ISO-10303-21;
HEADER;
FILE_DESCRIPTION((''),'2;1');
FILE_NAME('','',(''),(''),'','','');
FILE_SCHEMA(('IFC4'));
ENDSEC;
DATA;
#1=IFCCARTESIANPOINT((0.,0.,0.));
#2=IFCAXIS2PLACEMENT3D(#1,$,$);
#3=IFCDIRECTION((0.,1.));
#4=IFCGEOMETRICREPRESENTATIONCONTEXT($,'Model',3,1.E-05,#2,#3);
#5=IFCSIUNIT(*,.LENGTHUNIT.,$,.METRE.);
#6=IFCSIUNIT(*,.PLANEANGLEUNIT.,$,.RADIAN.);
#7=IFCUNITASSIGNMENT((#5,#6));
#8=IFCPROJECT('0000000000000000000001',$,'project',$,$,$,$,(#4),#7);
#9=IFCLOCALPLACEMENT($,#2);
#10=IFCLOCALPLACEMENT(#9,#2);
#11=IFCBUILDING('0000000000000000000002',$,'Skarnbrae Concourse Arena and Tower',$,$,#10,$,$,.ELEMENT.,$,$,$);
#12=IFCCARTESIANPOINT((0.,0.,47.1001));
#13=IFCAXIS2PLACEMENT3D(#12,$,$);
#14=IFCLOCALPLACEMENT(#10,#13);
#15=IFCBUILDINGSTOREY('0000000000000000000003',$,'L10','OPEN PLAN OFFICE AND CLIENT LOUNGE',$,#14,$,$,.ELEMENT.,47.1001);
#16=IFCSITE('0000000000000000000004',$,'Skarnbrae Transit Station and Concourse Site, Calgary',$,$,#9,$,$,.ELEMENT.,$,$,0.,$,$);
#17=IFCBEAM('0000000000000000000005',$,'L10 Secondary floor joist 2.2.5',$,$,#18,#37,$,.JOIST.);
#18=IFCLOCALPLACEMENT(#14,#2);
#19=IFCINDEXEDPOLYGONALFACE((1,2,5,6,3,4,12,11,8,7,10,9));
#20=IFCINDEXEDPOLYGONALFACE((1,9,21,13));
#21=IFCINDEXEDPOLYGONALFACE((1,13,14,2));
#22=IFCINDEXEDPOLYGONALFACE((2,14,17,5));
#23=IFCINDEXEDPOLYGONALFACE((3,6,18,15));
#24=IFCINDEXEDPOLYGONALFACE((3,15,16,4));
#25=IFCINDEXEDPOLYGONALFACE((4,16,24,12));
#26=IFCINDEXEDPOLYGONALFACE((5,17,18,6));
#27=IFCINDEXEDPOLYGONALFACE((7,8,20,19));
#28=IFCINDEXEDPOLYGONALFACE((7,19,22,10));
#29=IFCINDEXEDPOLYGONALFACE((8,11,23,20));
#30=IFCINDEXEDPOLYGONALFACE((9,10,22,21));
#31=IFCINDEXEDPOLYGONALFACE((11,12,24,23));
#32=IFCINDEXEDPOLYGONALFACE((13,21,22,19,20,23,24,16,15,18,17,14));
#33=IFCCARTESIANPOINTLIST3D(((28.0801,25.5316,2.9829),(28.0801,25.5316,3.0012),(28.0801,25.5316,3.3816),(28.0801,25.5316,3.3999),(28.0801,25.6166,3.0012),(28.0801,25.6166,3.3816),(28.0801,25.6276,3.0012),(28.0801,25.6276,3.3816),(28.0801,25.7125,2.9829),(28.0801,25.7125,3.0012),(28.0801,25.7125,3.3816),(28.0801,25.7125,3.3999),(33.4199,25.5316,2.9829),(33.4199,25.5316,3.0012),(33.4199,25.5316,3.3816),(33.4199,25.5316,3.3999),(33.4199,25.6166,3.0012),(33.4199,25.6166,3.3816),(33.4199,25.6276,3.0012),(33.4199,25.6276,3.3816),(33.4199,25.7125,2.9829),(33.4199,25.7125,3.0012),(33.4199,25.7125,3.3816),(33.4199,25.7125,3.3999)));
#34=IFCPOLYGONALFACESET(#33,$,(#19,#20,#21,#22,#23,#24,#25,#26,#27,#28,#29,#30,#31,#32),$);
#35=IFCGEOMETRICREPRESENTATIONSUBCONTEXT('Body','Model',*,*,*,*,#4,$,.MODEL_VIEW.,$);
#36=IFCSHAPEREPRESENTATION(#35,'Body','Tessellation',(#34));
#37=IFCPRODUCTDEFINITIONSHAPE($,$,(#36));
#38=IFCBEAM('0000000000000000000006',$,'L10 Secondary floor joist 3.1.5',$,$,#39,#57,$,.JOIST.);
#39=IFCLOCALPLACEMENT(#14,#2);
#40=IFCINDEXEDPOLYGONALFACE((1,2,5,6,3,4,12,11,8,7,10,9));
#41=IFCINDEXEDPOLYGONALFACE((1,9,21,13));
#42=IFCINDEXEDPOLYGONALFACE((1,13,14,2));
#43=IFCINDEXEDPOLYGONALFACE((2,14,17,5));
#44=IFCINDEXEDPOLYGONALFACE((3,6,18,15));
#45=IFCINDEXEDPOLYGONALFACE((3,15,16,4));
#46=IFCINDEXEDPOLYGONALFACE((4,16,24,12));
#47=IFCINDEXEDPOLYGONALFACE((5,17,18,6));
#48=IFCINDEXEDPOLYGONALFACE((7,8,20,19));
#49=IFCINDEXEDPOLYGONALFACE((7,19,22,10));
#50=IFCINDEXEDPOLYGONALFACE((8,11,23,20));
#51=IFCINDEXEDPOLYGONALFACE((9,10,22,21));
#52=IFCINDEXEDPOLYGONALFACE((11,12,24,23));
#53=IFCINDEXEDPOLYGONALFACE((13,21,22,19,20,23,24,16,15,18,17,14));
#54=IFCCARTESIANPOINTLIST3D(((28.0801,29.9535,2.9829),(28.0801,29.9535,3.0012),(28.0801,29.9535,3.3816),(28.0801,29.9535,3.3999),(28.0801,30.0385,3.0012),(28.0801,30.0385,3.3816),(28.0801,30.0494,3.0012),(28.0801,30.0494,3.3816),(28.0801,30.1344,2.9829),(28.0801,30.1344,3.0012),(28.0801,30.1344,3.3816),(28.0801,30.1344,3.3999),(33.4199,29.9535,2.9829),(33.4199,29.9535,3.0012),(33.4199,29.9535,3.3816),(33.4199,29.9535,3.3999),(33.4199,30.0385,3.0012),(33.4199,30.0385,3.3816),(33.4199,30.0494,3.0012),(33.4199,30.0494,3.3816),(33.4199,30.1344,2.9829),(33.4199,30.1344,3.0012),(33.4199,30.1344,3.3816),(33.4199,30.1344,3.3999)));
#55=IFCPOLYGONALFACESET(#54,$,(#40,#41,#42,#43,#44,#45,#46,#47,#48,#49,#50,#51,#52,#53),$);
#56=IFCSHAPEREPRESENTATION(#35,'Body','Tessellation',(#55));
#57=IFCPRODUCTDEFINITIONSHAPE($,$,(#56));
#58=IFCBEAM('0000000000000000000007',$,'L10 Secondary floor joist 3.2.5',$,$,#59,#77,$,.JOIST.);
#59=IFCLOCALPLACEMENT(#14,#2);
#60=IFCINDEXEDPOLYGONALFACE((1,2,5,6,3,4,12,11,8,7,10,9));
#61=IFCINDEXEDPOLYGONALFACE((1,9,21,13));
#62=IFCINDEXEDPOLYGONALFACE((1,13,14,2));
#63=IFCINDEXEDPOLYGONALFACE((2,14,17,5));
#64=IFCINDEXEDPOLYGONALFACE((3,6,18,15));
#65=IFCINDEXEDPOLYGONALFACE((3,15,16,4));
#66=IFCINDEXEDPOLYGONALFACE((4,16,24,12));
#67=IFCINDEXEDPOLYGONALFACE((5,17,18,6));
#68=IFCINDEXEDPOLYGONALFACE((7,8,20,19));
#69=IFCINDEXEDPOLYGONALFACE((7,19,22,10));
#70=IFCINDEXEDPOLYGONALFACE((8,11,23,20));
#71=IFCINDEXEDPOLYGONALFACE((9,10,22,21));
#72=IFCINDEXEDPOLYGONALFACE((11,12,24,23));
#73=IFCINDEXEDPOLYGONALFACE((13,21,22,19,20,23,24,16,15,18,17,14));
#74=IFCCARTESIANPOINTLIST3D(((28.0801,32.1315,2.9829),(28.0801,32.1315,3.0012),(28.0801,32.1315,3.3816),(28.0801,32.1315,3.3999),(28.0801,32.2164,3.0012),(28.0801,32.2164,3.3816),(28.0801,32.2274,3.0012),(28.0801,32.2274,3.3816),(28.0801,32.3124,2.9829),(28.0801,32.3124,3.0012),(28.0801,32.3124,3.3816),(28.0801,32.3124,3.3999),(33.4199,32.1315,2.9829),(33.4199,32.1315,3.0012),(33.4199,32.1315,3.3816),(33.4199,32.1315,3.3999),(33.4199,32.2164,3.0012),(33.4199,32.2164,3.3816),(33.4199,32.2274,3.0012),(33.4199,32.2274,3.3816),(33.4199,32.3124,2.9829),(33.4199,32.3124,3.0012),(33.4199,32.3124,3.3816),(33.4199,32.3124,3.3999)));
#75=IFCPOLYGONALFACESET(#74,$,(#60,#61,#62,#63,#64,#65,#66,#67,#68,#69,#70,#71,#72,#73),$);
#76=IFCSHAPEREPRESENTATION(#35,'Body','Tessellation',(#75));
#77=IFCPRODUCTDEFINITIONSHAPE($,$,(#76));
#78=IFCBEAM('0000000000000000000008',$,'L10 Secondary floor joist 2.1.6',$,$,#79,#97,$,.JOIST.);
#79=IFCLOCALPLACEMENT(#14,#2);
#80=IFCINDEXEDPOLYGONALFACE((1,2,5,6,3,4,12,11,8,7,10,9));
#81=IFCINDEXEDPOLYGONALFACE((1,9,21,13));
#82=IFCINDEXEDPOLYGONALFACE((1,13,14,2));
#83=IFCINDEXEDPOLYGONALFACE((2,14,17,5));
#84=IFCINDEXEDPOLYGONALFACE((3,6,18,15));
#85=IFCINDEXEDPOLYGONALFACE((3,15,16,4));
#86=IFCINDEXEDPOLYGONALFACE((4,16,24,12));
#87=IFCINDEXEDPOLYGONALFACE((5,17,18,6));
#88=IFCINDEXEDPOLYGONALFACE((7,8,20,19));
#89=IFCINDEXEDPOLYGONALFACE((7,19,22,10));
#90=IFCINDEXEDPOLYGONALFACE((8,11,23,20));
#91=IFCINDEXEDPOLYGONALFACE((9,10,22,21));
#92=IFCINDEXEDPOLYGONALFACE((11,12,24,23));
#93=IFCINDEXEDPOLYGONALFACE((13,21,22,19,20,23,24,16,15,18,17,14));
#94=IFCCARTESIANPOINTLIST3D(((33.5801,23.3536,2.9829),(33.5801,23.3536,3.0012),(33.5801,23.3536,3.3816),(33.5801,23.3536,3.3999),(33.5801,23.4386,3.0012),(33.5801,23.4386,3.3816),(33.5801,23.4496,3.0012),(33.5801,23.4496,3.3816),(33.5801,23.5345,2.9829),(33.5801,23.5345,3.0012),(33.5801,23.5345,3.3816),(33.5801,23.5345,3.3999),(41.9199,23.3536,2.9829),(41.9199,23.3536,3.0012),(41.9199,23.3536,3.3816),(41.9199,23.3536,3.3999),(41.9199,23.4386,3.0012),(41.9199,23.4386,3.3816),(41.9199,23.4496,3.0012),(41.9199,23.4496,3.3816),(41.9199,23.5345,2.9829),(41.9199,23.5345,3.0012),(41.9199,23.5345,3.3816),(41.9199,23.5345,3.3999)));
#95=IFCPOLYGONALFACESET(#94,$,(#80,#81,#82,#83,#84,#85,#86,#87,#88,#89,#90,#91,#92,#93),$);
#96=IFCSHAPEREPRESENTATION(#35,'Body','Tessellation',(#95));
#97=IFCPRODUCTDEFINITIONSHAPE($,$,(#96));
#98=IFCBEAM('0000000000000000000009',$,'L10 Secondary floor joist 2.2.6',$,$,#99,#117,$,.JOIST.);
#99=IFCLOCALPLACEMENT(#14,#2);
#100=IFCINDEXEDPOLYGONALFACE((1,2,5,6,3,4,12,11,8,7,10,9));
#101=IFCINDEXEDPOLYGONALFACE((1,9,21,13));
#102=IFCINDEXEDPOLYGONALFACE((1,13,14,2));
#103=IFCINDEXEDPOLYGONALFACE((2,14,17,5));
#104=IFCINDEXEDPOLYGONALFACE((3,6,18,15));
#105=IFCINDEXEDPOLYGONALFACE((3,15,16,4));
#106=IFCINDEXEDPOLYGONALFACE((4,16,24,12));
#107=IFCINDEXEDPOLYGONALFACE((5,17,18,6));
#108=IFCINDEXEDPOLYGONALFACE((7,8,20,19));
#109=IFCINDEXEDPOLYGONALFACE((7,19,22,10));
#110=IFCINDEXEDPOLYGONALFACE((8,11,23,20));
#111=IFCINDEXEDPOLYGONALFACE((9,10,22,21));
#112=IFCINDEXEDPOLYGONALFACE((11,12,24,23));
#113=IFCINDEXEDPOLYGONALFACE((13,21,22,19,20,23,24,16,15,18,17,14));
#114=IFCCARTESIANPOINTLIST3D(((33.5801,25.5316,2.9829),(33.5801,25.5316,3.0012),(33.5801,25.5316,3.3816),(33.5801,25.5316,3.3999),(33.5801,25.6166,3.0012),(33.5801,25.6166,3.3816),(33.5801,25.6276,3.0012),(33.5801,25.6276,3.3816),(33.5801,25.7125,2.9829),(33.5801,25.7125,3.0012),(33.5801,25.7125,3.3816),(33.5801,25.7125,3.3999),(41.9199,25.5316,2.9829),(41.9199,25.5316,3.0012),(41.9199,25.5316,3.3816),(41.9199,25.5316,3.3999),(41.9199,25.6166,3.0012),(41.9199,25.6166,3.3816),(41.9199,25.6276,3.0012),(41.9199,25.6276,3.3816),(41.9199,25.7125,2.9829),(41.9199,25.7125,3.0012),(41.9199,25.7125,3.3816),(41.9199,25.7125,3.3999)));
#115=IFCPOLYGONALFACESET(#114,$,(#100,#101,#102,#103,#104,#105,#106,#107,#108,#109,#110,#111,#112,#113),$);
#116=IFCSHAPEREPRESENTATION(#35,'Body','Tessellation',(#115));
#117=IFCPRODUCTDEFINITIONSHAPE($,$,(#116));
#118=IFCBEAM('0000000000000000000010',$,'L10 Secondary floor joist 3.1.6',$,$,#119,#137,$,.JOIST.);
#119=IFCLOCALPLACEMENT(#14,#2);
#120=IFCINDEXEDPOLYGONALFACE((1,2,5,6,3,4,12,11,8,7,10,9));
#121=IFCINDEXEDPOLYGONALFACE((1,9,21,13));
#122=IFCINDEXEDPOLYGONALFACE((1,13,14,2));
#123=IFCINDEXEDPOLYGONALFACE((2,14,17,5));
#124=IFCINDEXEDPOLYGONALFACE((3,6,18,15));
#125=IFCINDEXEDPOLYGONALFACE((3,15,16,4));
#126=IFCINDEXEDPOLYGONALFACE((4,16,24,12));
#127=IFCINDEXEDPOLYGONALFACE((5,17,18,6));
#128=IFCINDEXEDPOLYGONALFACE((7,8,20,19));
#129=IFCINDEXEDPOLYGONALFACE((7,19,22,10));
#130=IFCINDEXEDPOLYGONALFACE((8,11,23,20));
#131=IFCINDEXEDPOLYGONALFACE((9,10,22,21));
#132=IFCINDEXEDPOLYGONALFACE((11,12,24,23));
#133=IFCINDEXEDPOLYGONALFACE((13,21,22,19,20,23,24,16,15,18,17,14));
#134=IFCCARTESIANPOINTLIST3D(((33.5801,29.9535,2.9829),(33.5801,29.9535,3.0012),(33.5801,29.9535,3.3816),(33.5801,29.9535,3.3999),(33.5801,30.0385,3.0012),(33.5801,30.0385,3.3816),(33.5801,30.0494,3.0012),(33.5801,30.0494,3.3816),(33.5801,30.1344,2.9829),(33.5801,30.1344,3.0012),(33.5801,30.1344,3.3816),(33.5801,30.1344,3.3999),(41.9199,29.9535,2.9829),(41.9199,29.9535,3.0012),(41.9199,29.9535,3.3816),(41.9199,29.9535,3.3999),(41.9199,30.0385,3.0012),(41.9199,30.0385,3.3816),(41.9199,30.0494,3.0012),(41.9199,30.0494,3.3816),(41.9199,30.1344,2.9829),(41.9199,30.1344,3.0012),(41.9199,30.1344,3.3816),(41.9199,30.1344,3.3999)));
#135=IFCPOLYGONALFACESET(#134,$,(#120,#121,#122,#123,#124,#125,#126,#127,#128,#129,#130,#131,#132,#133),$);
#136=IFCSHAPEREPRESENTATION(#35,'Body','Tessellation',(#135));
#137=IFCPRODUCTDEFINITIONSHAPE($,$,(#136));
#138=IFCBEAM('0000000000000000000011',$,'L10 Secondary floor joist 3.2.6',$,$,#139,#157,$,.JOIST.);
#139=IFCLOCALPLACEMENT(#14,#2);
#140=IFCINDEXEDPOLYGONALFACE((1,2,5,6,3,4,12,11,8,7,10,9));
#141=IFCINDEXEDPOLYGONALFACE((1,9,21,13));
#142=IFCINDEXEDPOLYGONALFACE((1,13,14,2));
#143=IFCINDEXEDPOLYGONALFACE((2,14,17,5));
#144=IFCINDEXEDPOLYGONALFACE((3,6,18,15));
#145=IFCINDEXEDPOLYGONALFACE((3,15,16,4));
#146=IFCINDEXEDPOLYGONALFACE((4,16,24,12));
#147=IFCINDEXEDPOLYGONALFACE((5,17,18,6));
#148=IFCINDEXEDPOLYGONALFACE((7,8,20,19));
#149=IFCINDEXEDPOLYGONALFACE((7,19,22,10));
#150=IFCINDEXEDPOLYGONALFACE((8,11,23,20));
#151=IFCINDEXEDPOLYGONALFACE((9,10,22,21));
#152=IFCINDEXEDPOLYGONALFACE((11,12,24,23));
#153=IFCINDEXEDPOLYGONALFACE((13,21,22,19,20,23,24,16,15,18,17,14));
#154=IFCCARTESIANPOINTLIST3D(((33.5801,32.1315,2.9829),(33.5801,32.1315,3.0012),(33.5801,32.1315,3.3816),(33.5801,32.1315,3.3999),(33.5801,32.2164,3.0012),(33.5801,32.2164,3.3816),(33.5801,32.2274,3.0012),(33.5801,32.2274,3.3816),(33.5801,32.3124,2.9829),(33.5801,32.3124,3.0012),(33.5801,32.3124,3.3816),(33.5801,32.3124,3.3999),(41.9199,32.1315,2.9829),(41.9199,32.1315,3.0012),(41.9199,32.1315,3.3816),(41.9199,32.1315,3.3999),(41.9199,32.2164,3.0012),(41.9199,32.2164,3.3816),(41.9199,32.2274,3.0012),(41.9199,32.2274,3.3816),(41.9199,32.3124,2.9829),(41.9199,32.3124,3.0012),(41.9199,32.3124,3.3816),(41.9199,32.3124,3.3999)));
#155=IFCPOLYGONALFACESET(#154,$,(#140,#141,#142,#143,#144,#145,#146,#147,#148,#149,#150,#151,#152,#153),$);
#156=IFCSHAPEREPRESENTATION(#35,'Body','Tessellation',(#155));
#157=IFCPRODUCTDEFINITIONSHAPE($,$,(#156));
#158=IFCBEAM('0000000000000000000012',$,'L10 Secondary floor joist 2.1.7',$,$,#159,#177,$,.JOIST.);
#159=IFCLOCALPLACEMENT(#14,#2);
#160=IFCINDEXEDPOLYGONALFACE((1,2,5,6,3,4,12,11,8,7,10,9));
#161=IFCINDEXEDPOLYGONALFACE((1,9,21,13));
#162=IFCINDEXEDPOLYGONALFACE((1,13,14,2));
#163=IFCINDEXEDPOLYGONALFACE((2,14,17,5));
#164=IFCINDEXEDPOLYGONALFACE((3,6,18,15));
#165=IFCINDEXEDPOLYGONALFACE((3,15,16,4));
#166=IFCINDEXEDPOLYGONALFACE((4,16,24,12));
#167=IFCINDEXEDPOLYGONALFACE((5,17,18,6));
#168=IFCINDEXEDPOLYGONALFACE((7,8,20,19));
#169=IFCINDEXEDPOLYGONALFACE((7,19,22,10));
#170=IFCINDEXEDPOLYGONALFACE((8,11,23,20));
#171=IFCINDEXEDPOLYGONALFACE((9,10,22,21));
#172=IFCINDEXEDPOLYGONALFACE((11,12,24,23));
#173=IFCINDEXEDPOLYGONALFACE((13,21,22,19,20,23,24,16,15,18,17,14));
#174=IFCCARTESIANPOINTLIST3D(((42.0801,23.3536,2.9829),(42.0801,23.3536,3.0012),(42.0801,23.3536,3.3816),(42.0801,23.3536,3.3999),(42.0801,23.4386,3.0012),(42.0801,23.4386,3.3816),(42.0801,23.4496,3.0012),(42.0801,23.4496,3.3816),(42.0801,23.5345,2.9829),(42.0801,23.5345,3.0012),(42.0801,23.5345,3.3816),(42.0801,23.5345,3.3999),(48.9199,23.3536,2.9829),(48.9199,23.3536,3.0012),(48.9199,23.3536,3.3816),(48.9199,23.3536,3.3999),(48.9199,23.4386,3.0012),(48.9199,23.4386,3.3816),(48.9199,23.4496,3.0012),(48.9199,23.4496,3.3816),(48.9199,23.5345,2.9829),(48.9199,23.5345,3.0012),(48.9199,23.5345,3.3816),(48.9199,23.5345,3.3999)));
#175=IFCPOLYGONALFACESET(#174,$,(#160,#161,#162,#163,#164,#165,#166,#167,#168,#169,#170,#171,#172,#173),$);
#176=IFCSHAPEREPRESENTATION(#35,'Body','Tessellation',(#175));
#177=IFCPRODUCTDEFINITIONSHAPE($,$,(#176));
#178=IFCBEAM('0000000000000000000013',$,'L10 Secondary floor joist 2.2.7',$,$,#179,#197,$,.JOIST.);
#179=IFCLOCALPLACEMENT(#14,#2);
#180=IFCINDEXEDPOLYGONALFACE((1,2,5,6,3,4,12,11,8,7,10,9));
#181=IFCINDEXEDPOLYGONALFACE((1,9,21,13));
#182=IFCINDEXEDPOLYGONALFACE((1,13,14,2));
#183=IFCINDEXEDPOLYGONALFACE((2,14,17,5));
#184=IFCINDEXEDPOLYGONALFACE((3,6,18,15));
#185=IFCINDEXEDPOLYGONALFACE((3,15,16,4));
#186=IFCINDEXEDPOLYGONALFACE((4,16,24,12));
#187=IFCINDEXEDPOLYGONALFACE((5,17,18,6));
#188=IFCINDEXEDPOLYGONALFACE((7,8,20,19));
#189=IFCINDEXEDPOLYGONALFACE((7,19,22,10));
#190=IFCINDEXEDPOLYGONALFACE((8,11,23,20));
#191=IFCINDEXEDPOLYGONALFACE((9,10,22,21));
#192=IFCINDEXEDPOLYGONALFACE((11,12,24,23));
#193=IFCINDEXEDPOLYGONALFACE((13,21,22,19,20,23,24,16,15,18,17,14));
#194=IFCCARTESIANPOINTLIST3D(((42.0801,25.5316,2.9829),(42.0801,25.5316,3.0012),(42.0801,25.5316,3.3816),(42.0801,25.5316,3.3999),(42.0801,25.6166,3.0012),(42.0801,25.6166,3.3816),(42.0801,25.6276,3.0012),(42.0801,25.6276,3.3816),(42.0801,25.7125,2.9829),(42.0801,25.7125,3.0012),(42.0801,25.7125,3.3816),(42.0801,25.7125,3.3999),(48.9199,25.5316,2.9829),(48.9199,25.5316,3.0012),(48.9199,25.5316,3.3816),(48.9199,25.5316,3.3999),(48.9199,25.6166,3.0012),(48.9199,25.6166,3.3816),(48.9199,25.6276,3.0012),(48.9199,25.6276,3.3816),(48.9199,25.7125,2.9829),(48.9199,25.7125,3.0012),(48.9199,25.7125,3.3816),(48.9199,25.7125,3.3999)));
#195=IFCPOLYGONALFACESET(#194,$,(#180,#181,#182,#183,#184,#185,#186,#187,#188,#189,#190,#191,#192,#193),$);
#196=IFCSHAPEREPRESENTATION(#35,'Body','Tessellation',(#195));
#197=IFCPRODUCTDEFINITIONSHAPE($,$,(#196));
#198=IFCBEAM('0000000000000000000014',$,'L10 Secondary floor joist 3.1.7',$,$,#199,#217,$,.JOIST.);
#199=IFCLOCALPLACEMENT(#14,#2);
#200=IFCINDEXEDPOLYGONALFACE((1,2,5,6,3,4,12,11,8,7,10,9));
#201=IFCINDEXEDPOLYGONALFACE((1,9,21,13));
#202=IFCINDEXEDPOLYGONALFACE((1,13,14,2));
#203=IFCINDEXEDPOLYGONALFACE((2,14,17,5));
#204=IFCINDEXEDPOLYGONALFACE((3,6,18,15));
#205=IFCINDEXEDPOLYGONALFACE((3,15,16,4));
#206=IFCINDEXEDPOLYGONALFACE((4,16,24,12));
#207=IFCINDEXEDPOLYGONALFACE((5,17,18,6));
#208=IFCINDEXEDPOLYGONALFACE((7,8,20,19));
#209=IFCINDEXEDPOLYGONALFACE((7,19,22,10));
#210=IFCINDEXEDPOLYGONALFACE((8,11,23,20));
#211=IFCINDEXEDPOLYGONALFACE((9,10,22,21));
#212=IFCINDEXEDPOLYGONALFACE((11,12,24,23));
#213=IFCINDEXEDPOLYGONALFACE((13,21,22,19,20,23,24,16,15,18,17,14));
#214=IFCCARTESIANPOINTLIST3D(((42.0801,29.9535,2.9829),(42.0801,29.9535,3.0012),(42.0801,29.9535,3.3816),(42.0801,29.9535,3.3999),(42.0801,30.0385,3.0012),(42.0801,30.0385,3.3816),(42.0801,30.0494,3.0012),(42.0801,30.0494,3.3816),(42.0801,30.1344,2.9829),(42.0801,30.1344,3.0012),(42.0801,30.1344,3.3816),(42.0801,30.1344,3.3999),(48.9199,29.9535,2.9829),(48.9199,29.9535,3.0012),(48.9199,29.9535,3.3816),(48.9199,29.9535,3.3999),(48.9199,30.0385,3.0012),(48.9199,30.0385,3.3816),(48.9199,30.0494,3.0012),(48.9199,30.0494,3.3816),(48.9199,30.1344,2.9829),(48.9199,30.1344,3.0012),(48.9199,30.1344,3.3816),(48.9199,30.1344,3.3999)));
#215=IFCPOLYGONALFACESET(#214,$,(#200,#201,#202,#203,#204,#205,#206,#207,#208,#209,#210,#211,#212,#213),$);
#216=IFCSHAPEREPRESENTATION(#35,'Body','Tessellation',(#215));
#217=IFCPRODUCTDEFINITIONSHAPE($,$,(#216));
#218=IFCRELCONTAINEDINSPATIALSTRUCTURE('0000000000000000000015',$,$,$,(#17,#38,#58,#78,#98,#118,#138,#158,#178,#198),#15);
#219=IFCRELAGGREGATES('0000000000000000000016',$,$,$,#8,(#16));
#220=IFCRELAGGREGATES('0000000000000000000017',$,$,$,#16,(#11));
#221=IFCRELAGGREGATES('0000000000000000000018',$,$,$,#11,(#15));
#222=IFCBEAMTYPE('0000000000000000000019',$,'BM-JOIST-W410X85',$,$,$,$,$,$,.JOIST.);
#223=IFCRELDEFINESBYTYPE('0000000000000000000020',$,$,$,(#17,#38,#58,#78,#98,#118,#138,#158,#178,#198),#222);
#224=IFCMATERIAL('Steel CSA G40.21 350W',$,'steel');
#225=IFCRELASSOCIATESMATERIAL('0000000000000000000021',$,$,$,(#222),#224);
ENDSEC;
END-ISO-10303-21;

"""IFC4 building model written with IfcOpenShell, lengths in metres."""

from ifc_helpers import new_model, si_unit, direction, frame, origin, origin_2d, place, context, subcontext, project, spatial, i_section, extrude, source, transform, mapped, material, material_profile, profile_set, type_object, element, save


model = new_model("IFC4")

# Units and contexts
model_context = context("Model", 3, precision=1e-05, world=origin(), true_north=direction((0.0, 1.0)))
body_context = subcontext(model_context, "Body", "Model", "MODEL_VIEW")
ifc_project = project(units=[si_unit("LENGTHUNIT", "METRE"), si_unit("PLANEANGLEUNIT", "RADIAN")], contexts=[model_context])

# Site, building, storey
site_placement = place(None, origin())
site = spatial("IfcSite", under=ifc_project, at=site_placement, Name="Skarnbrae Transit Station and Concourse Site, Calgary", CompositionType="ELEMENT", RefElevation=0.0)
building_placement = place(site_placement, origin())
building = spatial("IfcBuilding", under=site, at=building_placement, Name="Skarnbrae Concourse Arena and Tower", CompositionType="ELEMENT")
storey_placement = place(building_placement, frame((0.0, 0.0, 47.1001)))
storey = spatial("IfcBuildingStorey", under=building, at=storey_placement, Name="L10", Description="OPEN PLAN OFFICE AND CLIENT LOUNGE", CompositionType="ELEMENT", Elevation=47.1001)

# Shared definitions
ifc_material_1 = material(Name="Steel CSA G40.21 350W", Category="steel")

# Beams
ifc_material_profile_1 = material_profile(ifc_material_1, i_section(OverallWidth=0.1809, OverallDepth=0.417, WebThickness=0.011, FlangeThickness=0.0183, at=origin_2d()), Name="W410X85")
ifc_profile_set_1 = profile_set([ifc_material_profile_1], Name="Steel CSA G40.21 350W")
beam_type_1 = type_object("IfcBeamType", Name="BM-JOIST-W410X85", PredefinedType="JOIST", material=ifc_profile_set_1)
shared_shape_1 = source(origin(), body_context, "Body", "SweptSolid", [
    extrude(i_section(OverallWidth=0.1809, OverallDepth=0.417, WebThickness=0.011, FlangeThickness=0.0183, at=origin_2d()), origin(), (0.0, 0.0, 1.0), 5.3398),
])
for number, where, z_axis, x_axis, name in (
    (1, (28.0801, 25.6221, 3.1914), (1.0, 0.0, 0.0), (0.0, 1.0, 0.0), "L10 Secondary floor joist 2.2.5"),
    (2, (28.0801, 30.0439, 3.1914), (1.0, 0.0, 0.0), (0.0, 1.0, 0.0), "L10 Secondary floor joist 3.1.5"),
    (3, (28.0801, 32.2219, 3.1914), (1.0, 0.0, 0.0), (0.0, 1.0, 0.0), "L10 Secondary floor joist 3.2.5"),
):
    element("IfcBeam", number, at=place(storey_placement, frame(where, z_axis=z_axis, x_axis=x_axis)), inside=storey, type_object=beam_type_1, Name=name, PredefinedType="JOIST", context=body_context, shape_type="MappedRepresentation", body=[
        mapped(shared_shape_1, transform((0.0, 0.0, 0.0))),
    ])
shared_shape_2 = source(origin(), body_context, "Body", "SweptSolid", [
    extrude(i_section(OverallWidth=0.1809, OverallDepth=0.417, WebThickness=0.011, FlangeThickness=0.0183, at=origin_2d()), origin(), (0.0, 0.0, 1.0), 8.3398),
])
for number, where, z_axis, x_axis, name in (
    (4, (33.5801, 23.4441, 3.1914), (1.0, 0.0, 0.0), (0.0, 1.0, 0.0), "L10 Secondary floor joist 2.1.6"),
    (5, (33.5801, 25.6221, 3.1914), (1.0, 0.0, 0.0), (0.0, 1.0, 0.0), "L10 Secondary floor joist 2.2.6"),
    (6, (33.5801, 30.0439, 3.1914), (1.0, 0.0, 0.0), (0.0, 1.0, 0.0), "L10 Secondary floor joist 3.1.6"),
    (7, (33.5801, 32.2219, 3.1914), (1.0, 0.0, 0.0), (0.0, 1.0, 0.0), "L10 Secondary floor joist 3.2.6"),
):
    element("IfcBeam", number, at=place(storey_placement, frame(where, z_axis=z_axis, x_axis=x_axis)), inside=storey, type_object=beam_type_1, Name=name, PredefinedType="JOIST", context=body_context, shape_type="MappedRepresentation", body=[
        mapped(shared_shape_2, transform((0.0, 0.0, 0.0))),
    ])
shared_shape_3 = source(origin(), body_context, "Body", "SweptSolid", [
    extrude(i_section(OverallWidth=0.1809, OverallDepth=0.417, WebThickness=0.011, FlangeThickness=0.0183, at=origin_2d()), origin(), (0.0, 0.0, 1.0), 6.8398),
])
for number, where, z_axis, x_axis, name in (
    (8, (42.0801, 23.4441, 3.1914), (1.0, 0.0, 0.0), (0.0, 1.0, 0.0), "L10 Secondary floor joist 2.1.7"),
    (9, (42.0801, 25.6221, 3.1914), (1.0, 0.0, 0.0), (0.0, 1.0, 0.0), "L10 Secondary floor joist 2.2.7"),
    (10, (42.0801, 30.0439, 3.1914), (1.0, 0.0, 0.0), (0.0, 1.0, 0.0), "L10 Secondary floor joist 3.1.7"),
):
    element("IfcBeam", number, at=place(storey_placement, frame(where, z_axis=z_axis, x_axis=x_axis)), inside=storey, type_object=beam_type_1, Name=name, PredefinedType="JOIST", context=body_context, shape_type="MappedRepresentation", body=[
        mapped(shared_shape_3, transform((0.0, 0.0, 0.0))),
    ])

save(model, "model.ifc")
